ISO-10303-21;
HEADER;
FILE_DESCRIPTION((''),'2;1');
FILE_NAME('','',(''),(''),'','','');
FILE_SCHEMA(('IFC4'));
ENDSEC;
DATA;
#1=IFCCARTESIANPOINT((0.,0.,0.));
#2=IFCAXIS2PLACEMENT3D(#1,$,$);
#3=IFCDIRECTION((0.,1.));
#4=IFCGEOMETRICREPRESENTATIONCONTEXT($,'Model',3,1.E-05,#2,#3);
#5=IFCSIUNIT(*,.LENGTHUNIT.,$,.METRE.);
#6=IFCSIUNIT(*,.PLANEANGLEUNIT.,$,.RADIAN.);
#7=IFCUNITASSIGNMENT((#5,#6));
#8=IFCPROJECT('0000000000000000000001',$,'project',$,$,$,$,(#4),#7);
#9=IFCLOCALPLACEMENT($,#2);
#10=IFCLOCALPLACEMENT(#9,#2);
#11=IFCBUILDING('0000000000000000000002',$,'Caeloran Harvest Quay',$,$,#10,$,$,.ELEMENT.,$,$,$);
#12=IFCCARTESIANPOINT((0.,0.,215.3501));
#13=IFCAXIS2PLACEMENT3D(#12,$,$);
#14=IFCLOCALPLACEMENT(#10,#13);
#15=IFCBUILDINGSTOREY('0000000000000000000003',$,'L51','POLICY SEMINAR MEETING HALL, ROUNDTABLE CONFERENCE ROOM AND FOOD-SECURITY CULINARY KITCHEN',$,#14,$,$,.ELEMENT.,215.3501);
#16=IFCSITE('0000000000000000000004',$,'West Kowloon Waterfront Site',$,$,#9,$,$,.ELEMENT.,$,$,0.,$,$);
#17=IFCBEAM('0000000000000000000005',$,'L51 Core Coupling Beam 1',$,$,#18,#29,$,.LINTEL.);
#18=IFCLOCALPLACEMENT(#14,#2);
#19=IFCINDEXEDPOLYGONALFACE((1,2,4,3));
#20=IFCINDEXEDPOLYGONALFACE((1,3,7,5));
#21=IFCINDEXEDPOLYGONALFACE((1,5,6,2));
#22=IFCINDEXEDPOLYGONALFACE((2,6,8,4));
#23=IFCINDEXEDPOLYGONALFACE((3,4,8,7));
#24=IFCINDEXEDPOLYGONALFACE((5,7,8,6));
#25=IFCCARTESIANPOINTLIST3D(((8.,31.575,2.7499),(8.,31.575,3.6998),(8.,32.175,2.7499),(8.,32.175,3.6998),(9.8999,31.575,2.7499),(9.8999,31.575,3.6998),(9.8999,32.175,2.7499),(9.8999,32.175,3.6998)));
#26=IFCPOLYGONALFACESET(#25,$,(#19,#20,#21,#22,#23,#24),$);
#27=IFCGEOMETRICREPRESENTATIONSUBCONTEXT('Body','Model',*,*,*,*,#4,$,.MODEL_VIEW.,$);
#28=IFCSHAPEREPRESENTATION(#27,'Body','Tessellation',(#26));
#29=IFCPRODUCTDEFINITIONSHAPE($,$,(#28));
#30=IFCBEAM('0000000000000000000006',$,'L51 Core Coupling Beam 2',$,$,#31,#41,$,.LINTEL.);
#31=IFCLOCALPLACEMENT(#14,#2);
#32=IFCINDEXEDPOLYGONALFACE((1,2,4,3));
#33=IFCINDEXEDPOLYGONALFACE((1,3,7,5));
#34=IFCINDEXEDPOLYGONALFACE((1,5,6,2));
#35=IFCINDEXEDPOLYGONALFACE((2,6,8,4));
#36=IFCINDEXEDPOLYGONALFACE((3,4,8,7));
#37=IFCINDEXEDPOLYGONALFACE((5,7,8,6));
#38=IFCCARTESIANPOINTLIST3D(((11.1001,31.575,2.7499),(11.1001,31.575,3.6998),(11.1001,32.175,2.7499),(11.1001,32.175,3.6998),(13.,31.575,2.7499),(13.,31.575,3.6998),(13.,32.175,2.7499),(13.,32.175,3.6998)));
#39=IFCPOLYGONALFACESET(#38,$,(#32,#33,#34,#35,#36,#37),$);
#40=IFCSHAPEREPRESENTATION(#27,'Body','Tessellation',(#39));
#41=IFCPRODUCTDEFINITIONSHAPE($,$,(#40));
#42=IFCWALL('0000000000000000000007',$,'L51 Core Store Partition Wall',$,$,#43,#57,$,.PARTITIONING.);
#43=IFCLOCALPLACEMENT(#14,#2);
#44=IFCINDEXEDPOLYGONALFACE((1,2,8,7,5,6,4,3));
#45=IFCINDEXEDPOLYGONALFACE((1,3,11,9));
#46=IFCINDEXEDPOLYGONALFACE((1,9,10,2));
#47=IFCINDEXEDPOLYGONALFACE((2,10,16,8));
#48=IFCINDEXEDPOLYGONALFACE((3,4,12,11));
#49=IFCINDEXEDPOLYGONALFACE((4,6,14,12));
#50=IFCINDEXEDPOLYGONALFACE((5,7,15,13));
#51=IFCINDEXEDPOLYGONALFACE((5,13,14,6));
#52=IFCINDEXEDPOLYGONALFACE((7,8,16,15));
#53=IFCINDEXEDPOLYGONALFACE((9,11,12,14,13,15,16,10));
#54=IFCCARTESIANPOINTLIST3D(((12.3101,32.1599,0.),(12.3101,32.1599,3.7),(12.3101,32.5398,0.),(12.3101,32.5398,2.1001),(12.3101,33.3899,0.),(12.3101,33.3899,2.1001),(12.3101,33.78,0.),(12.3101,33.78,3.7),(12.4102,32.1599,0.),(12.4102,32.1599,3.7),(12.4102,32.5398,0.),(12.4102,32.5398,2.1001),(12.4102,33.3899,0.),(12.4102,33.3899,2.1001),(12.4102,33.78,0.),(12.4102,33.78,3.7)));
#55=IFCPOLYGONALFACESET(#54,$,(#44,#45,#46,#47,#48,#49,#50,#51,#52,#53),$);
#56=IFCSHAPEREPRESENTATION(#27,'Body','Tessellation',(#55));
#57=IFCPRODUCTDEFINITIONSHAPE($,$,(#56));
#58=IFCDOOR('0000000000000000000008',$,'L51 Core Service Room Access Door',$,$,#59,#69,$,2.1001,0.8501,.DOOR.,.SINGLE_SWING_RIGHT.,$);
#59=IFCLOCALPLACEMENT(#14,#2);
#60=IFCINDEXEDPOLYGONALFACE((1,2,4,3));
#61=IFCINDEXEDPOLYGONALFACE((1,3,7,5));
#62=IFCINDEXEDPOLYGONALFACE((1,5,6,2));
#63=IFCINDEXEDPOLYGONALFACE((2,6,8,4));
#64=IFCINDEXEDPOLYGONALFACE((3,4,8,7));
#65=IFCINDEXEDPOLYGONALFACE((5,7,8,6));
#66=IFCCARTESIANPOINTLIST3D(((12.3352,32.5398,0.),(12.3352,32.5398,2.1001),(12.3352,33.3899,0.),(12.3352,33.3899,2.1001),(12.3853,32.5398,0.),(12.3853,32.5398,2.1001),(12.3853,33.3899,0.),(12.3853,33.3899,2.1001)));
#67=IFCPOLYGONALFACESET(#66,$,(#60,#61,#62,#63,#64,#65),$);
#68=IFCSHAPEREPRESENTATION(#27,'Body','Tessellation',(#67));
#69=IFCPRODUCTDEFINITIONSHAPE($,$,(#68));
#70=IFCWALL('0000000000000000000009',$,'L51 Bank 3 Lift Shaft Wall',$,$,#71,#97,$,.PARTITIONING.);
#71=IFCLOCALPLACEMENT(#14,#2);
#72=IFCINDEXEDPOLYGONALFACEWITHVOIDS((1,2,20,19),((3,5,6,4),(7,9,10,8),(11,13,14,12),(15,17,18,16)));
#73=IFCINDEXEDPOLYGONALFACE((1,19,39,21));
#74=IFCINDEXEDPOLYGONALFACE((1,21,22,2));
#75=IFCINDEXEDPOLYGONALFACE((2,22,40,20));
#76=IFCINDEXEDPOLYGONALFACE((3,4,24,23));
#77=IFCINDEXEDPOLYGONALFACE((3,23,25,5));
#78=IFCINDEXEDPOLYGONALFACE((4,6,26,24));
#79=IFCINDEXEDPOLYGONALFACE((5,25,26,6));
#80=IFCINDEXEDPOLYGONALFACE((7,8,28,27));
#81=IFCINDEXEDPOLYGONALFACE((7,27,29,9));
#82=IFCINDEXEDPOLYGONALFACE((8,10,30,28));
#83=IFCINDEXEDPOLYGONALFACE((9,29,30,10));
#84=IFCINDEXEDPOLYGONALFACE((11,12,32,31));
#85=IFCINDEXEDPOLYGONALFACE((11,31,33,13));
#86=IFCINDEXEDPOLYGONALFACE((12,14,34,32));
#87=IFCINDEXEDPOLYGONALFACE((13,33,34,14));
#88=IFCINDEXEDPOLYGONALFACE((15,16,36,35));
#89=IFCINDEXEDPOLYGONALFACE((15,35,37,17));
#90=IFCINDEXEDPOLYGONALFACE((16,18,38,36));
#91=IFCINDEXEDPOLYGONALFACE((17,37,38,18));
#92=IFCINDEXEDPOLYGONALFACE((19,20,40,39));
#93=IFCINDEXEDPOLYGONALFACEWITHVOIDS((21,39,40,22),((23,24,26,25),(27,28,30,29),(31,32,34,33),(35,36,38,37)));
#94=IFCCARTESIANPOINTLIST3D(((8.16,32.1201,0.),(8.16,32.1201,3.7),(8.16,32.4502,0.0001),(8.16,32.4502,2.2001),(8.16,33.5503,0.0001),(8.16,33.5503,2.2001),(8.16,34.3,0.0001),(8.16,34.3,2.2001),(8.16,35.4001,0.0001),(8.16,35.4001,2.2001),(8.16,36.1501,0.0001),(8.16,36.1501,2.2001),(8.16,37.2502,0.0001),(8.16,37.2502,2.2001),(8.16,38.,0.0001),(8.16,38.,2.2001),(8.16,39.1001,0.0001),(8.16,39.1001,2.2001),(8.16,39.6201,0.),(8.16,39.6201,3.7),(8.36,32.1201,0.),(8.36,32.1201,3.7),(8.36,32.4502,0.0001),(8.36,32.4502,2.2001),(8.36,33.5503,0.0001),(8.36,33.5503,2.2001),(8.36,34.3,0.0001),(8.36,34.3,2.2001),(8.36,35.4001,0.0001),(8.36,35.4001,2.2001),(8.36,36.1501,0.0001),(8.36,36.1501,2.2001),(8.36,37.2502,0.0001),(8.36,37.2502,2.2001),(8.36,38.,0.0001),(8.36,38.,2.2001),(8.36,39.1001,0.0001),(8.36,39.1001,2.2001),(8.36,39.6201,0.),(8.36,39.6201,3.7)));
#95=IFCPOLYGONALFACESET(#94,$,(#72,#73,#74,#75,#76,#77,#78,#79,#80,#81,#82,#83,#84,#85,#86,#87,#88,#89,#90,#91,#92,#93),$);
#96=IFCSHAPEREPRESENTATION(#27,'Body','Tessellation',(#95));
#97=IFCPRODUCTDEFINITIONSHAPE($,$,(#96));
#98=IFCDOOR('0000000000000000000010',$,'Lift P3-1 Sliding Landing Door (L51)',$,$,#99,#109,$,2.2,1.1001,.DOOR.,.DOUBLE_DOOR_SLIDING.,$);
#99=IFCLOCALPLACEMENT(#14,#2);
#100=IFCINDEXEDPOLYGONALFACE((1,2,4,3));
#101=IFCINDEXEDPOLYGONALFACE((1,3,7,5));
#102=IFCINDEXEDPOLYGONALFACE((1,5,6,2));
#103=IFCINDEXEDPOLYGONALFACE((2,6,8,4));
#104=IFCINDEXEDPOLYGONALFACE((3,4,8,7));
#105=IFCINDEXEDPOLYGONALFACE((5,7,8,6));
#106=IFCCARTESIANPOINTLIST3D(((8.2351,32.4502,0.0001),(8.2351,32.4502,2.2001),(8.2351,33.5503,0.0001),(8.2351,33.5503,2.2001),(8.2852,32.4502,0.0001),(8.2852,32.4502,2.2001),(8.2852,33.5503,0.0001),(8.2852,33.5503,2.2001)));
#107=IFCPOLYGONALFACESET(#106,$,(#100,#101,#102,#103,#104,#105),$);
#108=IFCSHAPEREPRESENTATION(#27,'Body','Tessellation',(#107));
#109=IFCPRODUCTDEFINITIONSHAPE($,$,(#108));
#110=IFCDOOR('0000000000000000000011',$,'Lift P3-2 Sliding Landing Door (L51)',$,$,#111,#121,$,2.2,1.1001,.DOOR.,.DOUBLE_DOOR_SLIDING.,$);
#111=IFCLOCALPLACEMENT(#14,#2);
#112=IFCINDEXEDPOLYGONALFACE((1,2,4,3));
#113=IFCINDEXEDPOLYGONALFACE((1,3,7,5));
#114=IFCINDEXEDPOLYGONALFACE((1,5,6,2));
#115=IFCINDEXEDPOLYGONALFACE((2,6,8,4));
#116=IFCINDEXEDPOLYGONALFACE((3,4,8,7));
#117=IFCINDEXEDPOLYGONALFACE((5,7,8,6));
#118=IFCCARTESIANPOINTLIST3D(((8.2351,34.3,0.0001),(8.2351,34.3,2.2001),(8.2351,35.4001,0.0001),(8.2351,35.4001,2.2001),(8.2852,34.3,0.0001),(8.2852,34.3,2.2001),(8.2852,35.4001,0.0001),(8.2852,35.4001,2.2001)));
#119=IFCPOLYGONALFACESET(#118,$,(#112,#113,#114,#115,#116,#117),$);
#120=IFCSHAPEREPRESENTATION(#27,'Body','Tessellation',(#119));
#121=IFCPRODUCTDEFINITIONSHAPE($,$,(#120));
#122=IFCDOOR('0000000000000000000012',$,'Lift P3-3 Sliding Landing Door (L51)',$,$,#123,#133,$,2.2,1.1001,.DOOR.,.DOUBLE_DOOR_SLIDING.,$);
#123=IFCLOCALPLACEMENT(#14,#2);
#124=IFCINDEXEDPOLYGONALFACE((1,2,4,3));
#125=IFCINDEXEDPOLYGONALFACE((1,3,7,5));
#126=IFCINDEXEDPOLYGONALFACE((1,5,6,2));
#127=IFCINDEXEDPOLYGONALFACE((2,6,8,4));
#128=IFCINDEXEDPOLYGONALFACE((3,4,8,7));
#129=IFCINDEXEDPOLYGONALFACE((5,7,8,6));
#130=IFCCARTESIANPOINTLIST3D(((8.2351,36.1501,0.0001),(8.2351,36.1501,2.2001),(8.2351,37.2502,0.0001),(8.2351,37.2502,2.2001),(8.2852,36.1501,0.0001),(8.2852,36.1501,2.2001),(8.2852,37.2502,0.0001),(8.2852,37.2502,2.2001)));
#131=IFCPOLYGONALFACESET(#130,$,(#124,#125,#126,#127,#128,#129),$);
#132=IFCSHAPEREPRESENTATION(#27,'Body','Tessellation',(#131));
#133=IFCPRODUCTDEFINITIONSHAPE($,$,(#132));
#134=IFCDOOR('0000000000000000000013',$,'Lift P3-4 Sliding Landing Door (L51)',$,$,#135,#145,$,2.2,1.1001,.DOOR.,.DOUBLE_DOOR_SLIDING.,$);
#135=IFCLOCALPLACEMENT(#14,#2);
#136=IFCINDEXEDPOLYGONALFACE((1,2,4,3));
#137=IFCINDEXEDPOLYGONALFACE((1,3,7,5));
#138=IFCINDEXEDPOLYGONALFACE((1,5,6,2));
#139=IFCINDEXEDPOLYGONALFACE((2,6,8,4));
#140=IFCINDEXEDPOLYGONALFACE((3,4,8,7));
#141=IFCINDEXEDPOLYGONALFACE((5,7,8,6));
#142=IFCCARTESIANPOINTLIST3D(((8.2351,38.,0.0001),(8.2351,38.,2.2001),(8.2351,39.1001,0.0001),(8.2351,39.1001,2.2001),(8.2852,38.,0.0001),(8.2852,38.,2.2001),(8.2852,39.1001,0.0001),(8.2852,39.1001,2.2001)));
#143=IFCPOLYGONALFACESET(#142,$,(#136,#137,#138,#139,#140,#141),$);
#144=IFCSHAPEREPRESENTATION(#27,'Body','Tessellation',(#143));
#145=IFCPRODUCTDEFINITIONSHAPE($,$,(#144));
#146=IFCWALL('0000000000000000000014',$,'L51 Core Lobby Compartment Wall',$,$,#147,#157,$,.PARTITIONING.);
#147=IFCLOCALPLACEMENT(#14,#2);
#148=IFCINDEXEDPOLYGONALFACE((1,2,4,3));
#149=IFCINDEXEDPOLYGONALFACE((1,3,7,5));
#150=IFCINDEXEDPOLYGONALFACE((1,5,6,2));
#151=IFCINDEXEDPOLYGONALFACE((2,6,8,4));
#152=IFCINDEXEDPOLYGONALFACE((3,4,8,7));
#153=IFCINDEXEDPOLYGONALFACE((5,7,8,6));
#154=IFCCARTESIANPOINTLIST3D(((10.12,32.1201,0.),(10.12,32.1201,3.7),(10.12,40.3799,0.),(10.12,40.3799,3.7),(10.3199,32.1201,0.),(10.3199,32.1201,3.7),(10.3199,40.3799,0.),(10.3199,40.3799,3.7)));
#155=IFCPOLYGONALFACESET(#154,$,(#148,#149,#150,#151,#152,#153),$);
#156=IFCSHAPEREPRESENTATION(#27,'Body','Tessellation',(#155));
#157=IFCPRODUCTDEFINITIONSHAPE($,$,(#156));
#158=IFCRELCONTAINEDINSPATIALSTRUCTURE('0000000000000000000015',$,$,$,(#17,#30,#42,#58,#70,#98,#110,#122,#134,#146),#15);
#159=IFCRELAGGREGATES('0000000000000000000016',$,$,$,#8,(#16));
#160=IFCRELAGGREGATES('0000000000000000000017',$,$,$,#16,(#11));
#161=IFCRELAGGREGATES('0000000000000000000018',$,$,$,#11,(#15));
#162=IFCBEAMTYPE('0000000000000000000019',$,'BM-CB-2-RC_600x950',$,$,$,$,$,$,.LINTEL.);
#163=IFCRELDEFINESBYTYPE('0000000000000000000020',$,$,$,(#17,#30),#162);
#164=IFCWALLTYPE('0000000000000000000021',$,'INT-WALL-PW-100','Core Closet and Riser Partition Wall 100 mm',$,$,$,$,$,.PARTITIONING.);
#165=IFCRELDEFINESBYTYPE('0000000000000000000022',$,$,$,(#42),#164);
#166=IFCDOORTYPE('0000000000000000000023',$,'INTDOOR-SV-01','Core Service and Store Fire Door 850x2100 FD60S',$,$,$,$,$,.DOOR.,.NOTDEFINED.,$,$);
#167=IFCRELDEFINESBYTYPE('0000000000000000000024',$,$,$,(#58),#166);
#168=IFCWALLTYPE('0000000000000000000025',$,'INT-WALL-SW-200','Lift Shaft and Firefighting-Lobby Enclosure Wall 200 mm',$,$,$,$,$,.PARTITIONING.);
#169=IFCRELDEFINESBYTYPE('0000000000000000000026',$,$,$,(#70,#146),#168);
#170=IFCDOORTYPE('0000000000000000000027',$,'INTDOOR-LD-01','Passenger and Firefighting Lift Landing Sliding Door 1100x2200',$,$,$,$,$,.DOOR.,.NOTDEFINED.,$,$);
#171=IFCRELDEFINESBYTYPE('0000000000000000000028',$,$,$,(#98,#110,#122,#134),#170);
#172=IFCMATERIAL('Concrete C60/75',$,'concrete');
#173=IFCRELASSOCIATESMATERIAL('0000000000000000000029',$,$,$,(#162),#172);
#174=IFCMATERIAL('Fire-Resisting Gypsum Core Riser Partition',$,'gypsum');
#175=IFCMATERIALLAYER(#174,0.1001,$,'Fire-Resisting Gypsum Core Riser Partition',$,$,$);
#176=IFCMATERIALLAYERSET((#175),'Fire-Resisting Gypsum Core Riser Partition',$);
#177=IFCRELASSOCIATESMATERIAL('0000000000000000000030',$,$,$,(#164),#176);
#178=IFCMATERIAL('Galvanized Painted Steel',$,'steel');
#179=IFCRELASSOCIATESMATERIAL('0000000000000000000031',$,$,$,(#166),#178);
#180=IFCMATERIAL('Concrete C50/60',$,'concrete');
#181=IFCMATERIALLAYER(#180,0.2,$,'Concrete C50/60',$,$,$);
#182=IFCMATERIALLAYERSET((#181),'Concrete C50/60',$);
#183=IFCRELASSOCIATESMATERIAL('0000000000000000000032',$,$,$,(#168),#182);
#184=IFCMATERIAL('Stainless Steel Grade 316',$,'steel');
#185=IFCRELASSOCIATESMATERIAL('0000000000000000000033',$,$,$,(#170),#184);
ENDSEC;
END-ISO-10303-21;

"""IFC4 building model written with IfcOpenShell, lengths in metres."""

from ifc_helpers import new_model, si_unit, direction, frame, frame_2d, origin, origin_2d, place, context, subcontext, project, spatial, rectangle, extrude, material, layer, layer_set, material_profile, profile_set, type_object, element, fill, save


model = new_model("IFC4")

# Units and contexts
model_context = context("Model", 3, precision=1e-05, world=origin(), true_north=direction((0.0, 1.0)))
body_context = subcontext(model_context, "Body", "Model", "MODEL_VIEW")
ifc_project = project(units=[si_unit("LENGTHUNIT", "METRE"), si_unit("PLANEANGLEUNIT", "RADIAN")], contexts=[model_context])

# Site, building, storey
site_placement = place(None, origin())
site = spatial("IfcSite", under=ifc_project, at=site_placement, Name="West Kowloon Waterfront Site", CompositionType="ELEMENT", RefElevation=0.0)
building_placement = place(site_placement, origin())
building = spatial("IfcBuilding", under=site, at=building_placement, Name="Caeloran Harvest Quay", CompositionType="ELEMENT")
storey_placement = place(building_placement, frame((0.0, 0.0, 215.3501)))
storey = spatial("IfcBuildingStorey", under=building, at=storey_placement, Name="L51", Description="POLICY SEMINAR MEETING HALL, ROUNDTABLE CONFERENCE ROOM AND FOOD-SECURITY CULINARY KITCHEN", CompositionType="ELEMENT", Elevation=215.3501)

# Beams
ifc_material_1 = material(Name="Concrete C60/75", Category="concrete")
ifc_material_profile = material_profile(ifc_material_1, rectangle(XDim=0.6001, YDim=0.95, at=origin_2d()), Name="RC 600x950")
ifc_profile_set = profile_set([ifc_material_profile], Name="Concrete C60/75")
beam_type = type_object("IfcBeamType", Name="BM-CB-2-RC_600x950", PredefinedType="LINTEL", material=ifc_profile_set)
for number, where, z_axis, x_axis, name in (
    (1, (8.0, 31.875, 3.2249), (1.0, 0.0, 0.0), (0.0, 1.0, 0.0), "L51 Core Coupling Beam 1"),
    (2, (11.1001, 31.875, 3.2249), (1.0, 0.0, 0.0), (0.0, 1.0, 0.0), "L51 Core Coupling Beam 2"),
):
    element("IfcBeam", number, at=place(storey_placement, frame(where, z_axis=z_axis, x_axis=x_axis)), inside=storey, type_object=beam_type, Name=name, PredefinedType="LINTEL", context=body_context, shape_type="SweptSolid", body=[
        extrude(rectangle(XDim=0.6001, YDim=0.95, at=origin_2d()), origin(), (0.0, 0.0, 1.0), 1.8999),
    ])

# Wall, opening, door
ifc_material_2 = material(Name="Fire-Resisting Gypsum Core Riser Partition", Category="gypsum")
ifc_layer_1 = layer(ifc_material_2, 0.1001, Name="Fire-Resisting Gypsum Core Riser Partition")
ifc_layer_set_1 = layer_set([ifc_layer_1], Name="Fire-Resisting Gypsum Core Riser Partition")
wall_type_1 = type_object("IfcWallType", Name="INT-WALL-PW-100", Description="Core Closet and Riser Partition Wall 100 mm", PredefinedType="PARTITIONING", material=ifc_layer_set_1)
wall_1_placement = place(storey_placement, frame((12.3601, 32.1599, 0.0), z_axis=(0.0, 0.0, 1.0), x_axis=(0.0, 1.0, 0.0)))
wall_1 = element("IfcWall", 3, at=wall_1_placement, inside=storey, type_object=wall_type_1, Name="L51 Core Store Partition Wall", PredefinedType="PARTITIONING", context=body_context, shape_type="SweptSolid", body=[
    extrude(rectangle(XDim=1.6201, YDim=0.1001, at=frame_2d((0.8101, 0.0))), origin(), (0.0, 0.0, 1.0), 3.7),
])
opening_1_placement = place(wall_1_placement, frame((0.3799, 0.0, 0.0)))
opening_1 = element("IfcOpeningElement", 4, at=opening_1_placement, cuts=wall_1, PredefinedType="OPENING", context=body_context, shape_type="SweptSolid", body=[
    extrude(rectangle(XDim=0.8501, YDim=2.1001, at=frame_2d((0.425, 1.05))), frame((0.0, 0.0601, 0.0), z_axis=(0.0, -1.0, 0.0), x_axis=(1.0, 0.0, 0.0)), (0.0, 0.0, 1.0), 0.1201),
])
ifc_material_3 = material(Name="Galvanized Painted Steel", Category="steel")
door_type_1 = type_object("IfcDoorType", Name="INTDOOR-SV-01", Description="Core Service and Store Fire Door 850x2100 FD60S", OperationType="NOTDEFINED", PredefinedType="DOOR", material=ifc_material_3)
door_1_placement = place(opening_1_placement, origin())
door_1 = element("IfcDoor", 5, at=door_1_placement, inside=storey, type_object=door_type_1, Name="L51 Core Service Room Access Door", OperationType="SINGLE_SWING_RIGHT", OverallHeight=2.1001, OverallWidth=0.8501, PredefinedType="DOOR", context=body_context, shape_type="SweptSolid", body=[
    extrude(rectangle(XDim=0.8501, YDim=2.1001, at=frame_2d((0.425, 1.05))), frame((0.0, 0.0249, 0.0), z_axis=(0.0, -1.0, 0.0), x_axis=(1.0, 0.0, 0.0)), (0.0, 0.0, 1.0), 0.05),
])
fill(opening_1, door_1)

# Wall, openings, doors
ifc_material_4 = material(Name="Concrete C50/60", Category="concrete")
ifc_layer_2 = layer(ifc_material_4, 0.2, Name="Concrete C50/60")
ifc_layer_set_2 = layer_set([ifc_layer_2], Name="Concrete C50/60")
wall_type_2 = type_object("IfcWallType", Name="INT-WALL-SW-200", Description="Lift Shaft and Firefighting-Lobby Enclosure Wall 200 mm", PredefinedType="PARTITIONING", material=ifc_layer_set_2)
wall_2_placement = place(storey_placement, frame((8.26, 32.1201, 0.0), z_axis=(0.0, 0.0, 1.0), x_axis=(0.0, 1.0, 0.0)))
wall_2 = element("IfcWall", 6, at=wall_2_placement, inside=storey, type_object=wall_type_2, Name="L51 Bank 3 Lift Shaft Wall", PredefinedType="PARTITIONING", context=body_context, shape_type="SweptSolid", body=[
    extrude(rectangle(XDim=7.5, YDim=0.2, at=frame_2d((3.75, 0.0))), origin(), (0.0, 0.0, 1.0), 3.7),
])
opening_2_placement = place(wall_2_placement, frame((0.3301, 0.0, 0.0)))
opening_2 = element("IfcOpeningElement", 7, at=opening_2_placement, cuts=wall_2, PredefinedType="OPENING", context=body_context, shape_type="SweptSolid", body=[
    extrude(rectangle(XDim=1.1001, YDim=2.2, at=frame_2d((0.55, 1.1001))), frame((0.0, 0.1099, 0.0), z_axis=(0.0, -1.0, 0.0), x_axis=(1.0, 0.0, 0.0)), (0.0, 0.0, 1.0), 0.22),
])
opening_3_placement = place(wall_2_placement, frame((2.1799, 0.0, 0.0)))
opening_3 = element("IfcOpeningElement", 8, at=opening_3_placement, cuts=wall_2, PredefinedType="OPENING", context=body_context, shape_type="SweptSolid", body=[
    extrude(rectangle(XDim=1.1001, YDim=2.2, at=frame_2d((0.55, 1.1001))), frame((0.0, 0.1099, 0.0), z_axis=(0.0, -1.0, 0.0), x_axis=(1.0, 0.0, 0.0)), (0.0, 0.0, 1.0), 0.22),
])
opening_4_placement = place(wall_2_placement, frame((4.03, 0.0, 0.0)))
opening_4 = element("IfcOpeningElement", 9, at=opening_4_placement, cuts=wall_2, PredefinedType="OPENING", context=body_context, shape_type="SweptSolid", body=[
    extrude(rectangle(XDim=1.1001, YDim=2.2, at=frame_2d((0.55, 1.1001))), frame((0.0, 0.1099, 0.0), z_axis=(0.0, -1.0, 0.0), x_axis=(1.0, 0.0, 0.0)), (0.0, 0.0, 1.0), 0.22),
])
opening_5_placement = place(wall_2_placement, frame((5.8799, 0.0, 0.0)))
opening_5 = element("IfcOpeningElement", 10, at=opening_5_placement, cuts=wall_2, PredefinedType="OPENING", context=body_context, shape_type="SweptSolid", body=[
    extrude(rectangle(XDim=1.1001, YDim=2.2, at=frame_2d((0.55, 1.1001))), frame((0.0, 0.1099, 0.0), z_axis=(0.0, -1.0, 0.0), x_axis=(1.0, 0.0, 0.0)), (0.0, 0.0, 1.0), 0.22),
])
ifc_material_5 = material(Name="Stainless Steel Grade 316", Category="steel")
door_type_2 = type_object("IfcDoorType", Name="INTDOOR-LD-01", Description="Passenger and Firefighting Lift Landing Sliding Door 1100x2200", OperationType="NOTDEFINED", PredefinedType="DOOR", material=ifc_material_5)
door_2_placement = place(opening_2_placement, origin())
door_2 = element("IfcDoor", 11, at=door_2_placement, inside=storey, type_object=door_type_2, Name="Lift P3-1 Sliding Landing Door (L51)", OperationType="DOUBLE_DOOR_SLIDING", OverallHeight=2.2, OverallWidth=1.1001, PredefinedType="DOOR", context=body_context, shape_type="SweptSolid", body=[
    extrude(rectangle(XDim=1.1001, YDim=2.2, at=frame_2d((0.55, 1.1001))), frame((0.0, 0.0249, 0.0), z_axis=(0.0, -1.0, 0.0), x_axis=(1.0, 0.0, 0.0)), (0.0, 0.0, 1.0), 0.05),
])
fill(opening_2, door_2)
door_3_placement = place(opening_3_placement, origin())
door_3 = element("IfcDoor", 12, at=door_3_placement, inside=storey, type_object=door_type_2, Name="Lift P3-2 Sliding Landing Door (L51)", OperationType="DOUBLE_DOOR_SLIDING", OverallHeight=2.2, OverallWidth=1.1001, PredefinedType="DOOR", context=body_context, shape_type="SweptSolid", body=[
    extrude(rectangle(XDim=1.1001, YDim=2.2, at=frame_2d((0.55, 1.1001))), frame((0.0, 0.0249, 0.0), z_axis=(0.0, -1.0, 0.0), x_axis=(1.0, 0.0, 0.0)), (0.0, 0.0, 1.0), 0.05),
])
fill(opening_3, door_3)
door_4_placement = place(opening_4_placement, origin())
door_4 = element("IfcDoor", 13, at=door_4_placement, inside=storey, type_object=door_type_2, Name="Lift P3-3 Sliding Landing Door (L51)", OperationType="DOUBLE_DOOR_SLIDING", OverallHeight=2.2, OverallWidth=1.1001, PredefinedType="DOOR", context=body_context, shape_type="SweptSolid", body=[
    extrude(rectangle(XDim=1.1001, YDim=2.2, at=frame_2d((0.55, 1.1001))), frame((0.0, 0.0249, 0.0), z_axis=(0.0, -1.0, 0.0), x_axis=(1.0, 0.0, 0.0)), (0.0, 0.0, 1.0), 0.05),
])
fill(opening_4, door_4)
door_5_placement = place(opening_5_placement, origin())
door_5 = element("IfcDoor", 14, at=door_5_placement, inside=storey, type_object=door_type_2, Name="Lift P3-4 Sliding Landing Door (L51)", OperationType="DOUBLE_DOOR_SLIDING", OverallHeight=2.2, OverallWidth=1.1001, PredefinedType="DOOR", context=body_context, shape_type="SweptSolid", body=[
    extrude(rectangle(XDim=1.1001, YDim=2.2, at=frame_2d((0.55, 1.1001))), frame((0.0, 0.0249, 0.0), z_axis=(0.0, -1.0, 0.0), x_axis=(1.0, 0.0, 0.0)), (0.0, 0.0, 1.0), 0.05),
])
fill(opening_5, door_5)

# Wall
wall_3_placement = place(storey_placement, frame((10.22, 32.1201, 0.0), z_axis=(0.0, 0.0, 1.0), x_axis=(0.0, 1.0, 0.0)))
element("IfcWall", 15, at=wall_3_placement, inside=storey, type_object=wall_type_2, Name="L51 Core Lobby Compartment Wall", PredefinedType="PARTITIONING", context=body_context, shape_type="SweptSolid", body=[
    extrude(rectangle(XDim=8.2598, YDim=0.2, at=frame_2d((4.1299, 0.0))), origin(), (0.0, 0.0, 1.0), 3.7),
])

save(model, "model.ifc")
